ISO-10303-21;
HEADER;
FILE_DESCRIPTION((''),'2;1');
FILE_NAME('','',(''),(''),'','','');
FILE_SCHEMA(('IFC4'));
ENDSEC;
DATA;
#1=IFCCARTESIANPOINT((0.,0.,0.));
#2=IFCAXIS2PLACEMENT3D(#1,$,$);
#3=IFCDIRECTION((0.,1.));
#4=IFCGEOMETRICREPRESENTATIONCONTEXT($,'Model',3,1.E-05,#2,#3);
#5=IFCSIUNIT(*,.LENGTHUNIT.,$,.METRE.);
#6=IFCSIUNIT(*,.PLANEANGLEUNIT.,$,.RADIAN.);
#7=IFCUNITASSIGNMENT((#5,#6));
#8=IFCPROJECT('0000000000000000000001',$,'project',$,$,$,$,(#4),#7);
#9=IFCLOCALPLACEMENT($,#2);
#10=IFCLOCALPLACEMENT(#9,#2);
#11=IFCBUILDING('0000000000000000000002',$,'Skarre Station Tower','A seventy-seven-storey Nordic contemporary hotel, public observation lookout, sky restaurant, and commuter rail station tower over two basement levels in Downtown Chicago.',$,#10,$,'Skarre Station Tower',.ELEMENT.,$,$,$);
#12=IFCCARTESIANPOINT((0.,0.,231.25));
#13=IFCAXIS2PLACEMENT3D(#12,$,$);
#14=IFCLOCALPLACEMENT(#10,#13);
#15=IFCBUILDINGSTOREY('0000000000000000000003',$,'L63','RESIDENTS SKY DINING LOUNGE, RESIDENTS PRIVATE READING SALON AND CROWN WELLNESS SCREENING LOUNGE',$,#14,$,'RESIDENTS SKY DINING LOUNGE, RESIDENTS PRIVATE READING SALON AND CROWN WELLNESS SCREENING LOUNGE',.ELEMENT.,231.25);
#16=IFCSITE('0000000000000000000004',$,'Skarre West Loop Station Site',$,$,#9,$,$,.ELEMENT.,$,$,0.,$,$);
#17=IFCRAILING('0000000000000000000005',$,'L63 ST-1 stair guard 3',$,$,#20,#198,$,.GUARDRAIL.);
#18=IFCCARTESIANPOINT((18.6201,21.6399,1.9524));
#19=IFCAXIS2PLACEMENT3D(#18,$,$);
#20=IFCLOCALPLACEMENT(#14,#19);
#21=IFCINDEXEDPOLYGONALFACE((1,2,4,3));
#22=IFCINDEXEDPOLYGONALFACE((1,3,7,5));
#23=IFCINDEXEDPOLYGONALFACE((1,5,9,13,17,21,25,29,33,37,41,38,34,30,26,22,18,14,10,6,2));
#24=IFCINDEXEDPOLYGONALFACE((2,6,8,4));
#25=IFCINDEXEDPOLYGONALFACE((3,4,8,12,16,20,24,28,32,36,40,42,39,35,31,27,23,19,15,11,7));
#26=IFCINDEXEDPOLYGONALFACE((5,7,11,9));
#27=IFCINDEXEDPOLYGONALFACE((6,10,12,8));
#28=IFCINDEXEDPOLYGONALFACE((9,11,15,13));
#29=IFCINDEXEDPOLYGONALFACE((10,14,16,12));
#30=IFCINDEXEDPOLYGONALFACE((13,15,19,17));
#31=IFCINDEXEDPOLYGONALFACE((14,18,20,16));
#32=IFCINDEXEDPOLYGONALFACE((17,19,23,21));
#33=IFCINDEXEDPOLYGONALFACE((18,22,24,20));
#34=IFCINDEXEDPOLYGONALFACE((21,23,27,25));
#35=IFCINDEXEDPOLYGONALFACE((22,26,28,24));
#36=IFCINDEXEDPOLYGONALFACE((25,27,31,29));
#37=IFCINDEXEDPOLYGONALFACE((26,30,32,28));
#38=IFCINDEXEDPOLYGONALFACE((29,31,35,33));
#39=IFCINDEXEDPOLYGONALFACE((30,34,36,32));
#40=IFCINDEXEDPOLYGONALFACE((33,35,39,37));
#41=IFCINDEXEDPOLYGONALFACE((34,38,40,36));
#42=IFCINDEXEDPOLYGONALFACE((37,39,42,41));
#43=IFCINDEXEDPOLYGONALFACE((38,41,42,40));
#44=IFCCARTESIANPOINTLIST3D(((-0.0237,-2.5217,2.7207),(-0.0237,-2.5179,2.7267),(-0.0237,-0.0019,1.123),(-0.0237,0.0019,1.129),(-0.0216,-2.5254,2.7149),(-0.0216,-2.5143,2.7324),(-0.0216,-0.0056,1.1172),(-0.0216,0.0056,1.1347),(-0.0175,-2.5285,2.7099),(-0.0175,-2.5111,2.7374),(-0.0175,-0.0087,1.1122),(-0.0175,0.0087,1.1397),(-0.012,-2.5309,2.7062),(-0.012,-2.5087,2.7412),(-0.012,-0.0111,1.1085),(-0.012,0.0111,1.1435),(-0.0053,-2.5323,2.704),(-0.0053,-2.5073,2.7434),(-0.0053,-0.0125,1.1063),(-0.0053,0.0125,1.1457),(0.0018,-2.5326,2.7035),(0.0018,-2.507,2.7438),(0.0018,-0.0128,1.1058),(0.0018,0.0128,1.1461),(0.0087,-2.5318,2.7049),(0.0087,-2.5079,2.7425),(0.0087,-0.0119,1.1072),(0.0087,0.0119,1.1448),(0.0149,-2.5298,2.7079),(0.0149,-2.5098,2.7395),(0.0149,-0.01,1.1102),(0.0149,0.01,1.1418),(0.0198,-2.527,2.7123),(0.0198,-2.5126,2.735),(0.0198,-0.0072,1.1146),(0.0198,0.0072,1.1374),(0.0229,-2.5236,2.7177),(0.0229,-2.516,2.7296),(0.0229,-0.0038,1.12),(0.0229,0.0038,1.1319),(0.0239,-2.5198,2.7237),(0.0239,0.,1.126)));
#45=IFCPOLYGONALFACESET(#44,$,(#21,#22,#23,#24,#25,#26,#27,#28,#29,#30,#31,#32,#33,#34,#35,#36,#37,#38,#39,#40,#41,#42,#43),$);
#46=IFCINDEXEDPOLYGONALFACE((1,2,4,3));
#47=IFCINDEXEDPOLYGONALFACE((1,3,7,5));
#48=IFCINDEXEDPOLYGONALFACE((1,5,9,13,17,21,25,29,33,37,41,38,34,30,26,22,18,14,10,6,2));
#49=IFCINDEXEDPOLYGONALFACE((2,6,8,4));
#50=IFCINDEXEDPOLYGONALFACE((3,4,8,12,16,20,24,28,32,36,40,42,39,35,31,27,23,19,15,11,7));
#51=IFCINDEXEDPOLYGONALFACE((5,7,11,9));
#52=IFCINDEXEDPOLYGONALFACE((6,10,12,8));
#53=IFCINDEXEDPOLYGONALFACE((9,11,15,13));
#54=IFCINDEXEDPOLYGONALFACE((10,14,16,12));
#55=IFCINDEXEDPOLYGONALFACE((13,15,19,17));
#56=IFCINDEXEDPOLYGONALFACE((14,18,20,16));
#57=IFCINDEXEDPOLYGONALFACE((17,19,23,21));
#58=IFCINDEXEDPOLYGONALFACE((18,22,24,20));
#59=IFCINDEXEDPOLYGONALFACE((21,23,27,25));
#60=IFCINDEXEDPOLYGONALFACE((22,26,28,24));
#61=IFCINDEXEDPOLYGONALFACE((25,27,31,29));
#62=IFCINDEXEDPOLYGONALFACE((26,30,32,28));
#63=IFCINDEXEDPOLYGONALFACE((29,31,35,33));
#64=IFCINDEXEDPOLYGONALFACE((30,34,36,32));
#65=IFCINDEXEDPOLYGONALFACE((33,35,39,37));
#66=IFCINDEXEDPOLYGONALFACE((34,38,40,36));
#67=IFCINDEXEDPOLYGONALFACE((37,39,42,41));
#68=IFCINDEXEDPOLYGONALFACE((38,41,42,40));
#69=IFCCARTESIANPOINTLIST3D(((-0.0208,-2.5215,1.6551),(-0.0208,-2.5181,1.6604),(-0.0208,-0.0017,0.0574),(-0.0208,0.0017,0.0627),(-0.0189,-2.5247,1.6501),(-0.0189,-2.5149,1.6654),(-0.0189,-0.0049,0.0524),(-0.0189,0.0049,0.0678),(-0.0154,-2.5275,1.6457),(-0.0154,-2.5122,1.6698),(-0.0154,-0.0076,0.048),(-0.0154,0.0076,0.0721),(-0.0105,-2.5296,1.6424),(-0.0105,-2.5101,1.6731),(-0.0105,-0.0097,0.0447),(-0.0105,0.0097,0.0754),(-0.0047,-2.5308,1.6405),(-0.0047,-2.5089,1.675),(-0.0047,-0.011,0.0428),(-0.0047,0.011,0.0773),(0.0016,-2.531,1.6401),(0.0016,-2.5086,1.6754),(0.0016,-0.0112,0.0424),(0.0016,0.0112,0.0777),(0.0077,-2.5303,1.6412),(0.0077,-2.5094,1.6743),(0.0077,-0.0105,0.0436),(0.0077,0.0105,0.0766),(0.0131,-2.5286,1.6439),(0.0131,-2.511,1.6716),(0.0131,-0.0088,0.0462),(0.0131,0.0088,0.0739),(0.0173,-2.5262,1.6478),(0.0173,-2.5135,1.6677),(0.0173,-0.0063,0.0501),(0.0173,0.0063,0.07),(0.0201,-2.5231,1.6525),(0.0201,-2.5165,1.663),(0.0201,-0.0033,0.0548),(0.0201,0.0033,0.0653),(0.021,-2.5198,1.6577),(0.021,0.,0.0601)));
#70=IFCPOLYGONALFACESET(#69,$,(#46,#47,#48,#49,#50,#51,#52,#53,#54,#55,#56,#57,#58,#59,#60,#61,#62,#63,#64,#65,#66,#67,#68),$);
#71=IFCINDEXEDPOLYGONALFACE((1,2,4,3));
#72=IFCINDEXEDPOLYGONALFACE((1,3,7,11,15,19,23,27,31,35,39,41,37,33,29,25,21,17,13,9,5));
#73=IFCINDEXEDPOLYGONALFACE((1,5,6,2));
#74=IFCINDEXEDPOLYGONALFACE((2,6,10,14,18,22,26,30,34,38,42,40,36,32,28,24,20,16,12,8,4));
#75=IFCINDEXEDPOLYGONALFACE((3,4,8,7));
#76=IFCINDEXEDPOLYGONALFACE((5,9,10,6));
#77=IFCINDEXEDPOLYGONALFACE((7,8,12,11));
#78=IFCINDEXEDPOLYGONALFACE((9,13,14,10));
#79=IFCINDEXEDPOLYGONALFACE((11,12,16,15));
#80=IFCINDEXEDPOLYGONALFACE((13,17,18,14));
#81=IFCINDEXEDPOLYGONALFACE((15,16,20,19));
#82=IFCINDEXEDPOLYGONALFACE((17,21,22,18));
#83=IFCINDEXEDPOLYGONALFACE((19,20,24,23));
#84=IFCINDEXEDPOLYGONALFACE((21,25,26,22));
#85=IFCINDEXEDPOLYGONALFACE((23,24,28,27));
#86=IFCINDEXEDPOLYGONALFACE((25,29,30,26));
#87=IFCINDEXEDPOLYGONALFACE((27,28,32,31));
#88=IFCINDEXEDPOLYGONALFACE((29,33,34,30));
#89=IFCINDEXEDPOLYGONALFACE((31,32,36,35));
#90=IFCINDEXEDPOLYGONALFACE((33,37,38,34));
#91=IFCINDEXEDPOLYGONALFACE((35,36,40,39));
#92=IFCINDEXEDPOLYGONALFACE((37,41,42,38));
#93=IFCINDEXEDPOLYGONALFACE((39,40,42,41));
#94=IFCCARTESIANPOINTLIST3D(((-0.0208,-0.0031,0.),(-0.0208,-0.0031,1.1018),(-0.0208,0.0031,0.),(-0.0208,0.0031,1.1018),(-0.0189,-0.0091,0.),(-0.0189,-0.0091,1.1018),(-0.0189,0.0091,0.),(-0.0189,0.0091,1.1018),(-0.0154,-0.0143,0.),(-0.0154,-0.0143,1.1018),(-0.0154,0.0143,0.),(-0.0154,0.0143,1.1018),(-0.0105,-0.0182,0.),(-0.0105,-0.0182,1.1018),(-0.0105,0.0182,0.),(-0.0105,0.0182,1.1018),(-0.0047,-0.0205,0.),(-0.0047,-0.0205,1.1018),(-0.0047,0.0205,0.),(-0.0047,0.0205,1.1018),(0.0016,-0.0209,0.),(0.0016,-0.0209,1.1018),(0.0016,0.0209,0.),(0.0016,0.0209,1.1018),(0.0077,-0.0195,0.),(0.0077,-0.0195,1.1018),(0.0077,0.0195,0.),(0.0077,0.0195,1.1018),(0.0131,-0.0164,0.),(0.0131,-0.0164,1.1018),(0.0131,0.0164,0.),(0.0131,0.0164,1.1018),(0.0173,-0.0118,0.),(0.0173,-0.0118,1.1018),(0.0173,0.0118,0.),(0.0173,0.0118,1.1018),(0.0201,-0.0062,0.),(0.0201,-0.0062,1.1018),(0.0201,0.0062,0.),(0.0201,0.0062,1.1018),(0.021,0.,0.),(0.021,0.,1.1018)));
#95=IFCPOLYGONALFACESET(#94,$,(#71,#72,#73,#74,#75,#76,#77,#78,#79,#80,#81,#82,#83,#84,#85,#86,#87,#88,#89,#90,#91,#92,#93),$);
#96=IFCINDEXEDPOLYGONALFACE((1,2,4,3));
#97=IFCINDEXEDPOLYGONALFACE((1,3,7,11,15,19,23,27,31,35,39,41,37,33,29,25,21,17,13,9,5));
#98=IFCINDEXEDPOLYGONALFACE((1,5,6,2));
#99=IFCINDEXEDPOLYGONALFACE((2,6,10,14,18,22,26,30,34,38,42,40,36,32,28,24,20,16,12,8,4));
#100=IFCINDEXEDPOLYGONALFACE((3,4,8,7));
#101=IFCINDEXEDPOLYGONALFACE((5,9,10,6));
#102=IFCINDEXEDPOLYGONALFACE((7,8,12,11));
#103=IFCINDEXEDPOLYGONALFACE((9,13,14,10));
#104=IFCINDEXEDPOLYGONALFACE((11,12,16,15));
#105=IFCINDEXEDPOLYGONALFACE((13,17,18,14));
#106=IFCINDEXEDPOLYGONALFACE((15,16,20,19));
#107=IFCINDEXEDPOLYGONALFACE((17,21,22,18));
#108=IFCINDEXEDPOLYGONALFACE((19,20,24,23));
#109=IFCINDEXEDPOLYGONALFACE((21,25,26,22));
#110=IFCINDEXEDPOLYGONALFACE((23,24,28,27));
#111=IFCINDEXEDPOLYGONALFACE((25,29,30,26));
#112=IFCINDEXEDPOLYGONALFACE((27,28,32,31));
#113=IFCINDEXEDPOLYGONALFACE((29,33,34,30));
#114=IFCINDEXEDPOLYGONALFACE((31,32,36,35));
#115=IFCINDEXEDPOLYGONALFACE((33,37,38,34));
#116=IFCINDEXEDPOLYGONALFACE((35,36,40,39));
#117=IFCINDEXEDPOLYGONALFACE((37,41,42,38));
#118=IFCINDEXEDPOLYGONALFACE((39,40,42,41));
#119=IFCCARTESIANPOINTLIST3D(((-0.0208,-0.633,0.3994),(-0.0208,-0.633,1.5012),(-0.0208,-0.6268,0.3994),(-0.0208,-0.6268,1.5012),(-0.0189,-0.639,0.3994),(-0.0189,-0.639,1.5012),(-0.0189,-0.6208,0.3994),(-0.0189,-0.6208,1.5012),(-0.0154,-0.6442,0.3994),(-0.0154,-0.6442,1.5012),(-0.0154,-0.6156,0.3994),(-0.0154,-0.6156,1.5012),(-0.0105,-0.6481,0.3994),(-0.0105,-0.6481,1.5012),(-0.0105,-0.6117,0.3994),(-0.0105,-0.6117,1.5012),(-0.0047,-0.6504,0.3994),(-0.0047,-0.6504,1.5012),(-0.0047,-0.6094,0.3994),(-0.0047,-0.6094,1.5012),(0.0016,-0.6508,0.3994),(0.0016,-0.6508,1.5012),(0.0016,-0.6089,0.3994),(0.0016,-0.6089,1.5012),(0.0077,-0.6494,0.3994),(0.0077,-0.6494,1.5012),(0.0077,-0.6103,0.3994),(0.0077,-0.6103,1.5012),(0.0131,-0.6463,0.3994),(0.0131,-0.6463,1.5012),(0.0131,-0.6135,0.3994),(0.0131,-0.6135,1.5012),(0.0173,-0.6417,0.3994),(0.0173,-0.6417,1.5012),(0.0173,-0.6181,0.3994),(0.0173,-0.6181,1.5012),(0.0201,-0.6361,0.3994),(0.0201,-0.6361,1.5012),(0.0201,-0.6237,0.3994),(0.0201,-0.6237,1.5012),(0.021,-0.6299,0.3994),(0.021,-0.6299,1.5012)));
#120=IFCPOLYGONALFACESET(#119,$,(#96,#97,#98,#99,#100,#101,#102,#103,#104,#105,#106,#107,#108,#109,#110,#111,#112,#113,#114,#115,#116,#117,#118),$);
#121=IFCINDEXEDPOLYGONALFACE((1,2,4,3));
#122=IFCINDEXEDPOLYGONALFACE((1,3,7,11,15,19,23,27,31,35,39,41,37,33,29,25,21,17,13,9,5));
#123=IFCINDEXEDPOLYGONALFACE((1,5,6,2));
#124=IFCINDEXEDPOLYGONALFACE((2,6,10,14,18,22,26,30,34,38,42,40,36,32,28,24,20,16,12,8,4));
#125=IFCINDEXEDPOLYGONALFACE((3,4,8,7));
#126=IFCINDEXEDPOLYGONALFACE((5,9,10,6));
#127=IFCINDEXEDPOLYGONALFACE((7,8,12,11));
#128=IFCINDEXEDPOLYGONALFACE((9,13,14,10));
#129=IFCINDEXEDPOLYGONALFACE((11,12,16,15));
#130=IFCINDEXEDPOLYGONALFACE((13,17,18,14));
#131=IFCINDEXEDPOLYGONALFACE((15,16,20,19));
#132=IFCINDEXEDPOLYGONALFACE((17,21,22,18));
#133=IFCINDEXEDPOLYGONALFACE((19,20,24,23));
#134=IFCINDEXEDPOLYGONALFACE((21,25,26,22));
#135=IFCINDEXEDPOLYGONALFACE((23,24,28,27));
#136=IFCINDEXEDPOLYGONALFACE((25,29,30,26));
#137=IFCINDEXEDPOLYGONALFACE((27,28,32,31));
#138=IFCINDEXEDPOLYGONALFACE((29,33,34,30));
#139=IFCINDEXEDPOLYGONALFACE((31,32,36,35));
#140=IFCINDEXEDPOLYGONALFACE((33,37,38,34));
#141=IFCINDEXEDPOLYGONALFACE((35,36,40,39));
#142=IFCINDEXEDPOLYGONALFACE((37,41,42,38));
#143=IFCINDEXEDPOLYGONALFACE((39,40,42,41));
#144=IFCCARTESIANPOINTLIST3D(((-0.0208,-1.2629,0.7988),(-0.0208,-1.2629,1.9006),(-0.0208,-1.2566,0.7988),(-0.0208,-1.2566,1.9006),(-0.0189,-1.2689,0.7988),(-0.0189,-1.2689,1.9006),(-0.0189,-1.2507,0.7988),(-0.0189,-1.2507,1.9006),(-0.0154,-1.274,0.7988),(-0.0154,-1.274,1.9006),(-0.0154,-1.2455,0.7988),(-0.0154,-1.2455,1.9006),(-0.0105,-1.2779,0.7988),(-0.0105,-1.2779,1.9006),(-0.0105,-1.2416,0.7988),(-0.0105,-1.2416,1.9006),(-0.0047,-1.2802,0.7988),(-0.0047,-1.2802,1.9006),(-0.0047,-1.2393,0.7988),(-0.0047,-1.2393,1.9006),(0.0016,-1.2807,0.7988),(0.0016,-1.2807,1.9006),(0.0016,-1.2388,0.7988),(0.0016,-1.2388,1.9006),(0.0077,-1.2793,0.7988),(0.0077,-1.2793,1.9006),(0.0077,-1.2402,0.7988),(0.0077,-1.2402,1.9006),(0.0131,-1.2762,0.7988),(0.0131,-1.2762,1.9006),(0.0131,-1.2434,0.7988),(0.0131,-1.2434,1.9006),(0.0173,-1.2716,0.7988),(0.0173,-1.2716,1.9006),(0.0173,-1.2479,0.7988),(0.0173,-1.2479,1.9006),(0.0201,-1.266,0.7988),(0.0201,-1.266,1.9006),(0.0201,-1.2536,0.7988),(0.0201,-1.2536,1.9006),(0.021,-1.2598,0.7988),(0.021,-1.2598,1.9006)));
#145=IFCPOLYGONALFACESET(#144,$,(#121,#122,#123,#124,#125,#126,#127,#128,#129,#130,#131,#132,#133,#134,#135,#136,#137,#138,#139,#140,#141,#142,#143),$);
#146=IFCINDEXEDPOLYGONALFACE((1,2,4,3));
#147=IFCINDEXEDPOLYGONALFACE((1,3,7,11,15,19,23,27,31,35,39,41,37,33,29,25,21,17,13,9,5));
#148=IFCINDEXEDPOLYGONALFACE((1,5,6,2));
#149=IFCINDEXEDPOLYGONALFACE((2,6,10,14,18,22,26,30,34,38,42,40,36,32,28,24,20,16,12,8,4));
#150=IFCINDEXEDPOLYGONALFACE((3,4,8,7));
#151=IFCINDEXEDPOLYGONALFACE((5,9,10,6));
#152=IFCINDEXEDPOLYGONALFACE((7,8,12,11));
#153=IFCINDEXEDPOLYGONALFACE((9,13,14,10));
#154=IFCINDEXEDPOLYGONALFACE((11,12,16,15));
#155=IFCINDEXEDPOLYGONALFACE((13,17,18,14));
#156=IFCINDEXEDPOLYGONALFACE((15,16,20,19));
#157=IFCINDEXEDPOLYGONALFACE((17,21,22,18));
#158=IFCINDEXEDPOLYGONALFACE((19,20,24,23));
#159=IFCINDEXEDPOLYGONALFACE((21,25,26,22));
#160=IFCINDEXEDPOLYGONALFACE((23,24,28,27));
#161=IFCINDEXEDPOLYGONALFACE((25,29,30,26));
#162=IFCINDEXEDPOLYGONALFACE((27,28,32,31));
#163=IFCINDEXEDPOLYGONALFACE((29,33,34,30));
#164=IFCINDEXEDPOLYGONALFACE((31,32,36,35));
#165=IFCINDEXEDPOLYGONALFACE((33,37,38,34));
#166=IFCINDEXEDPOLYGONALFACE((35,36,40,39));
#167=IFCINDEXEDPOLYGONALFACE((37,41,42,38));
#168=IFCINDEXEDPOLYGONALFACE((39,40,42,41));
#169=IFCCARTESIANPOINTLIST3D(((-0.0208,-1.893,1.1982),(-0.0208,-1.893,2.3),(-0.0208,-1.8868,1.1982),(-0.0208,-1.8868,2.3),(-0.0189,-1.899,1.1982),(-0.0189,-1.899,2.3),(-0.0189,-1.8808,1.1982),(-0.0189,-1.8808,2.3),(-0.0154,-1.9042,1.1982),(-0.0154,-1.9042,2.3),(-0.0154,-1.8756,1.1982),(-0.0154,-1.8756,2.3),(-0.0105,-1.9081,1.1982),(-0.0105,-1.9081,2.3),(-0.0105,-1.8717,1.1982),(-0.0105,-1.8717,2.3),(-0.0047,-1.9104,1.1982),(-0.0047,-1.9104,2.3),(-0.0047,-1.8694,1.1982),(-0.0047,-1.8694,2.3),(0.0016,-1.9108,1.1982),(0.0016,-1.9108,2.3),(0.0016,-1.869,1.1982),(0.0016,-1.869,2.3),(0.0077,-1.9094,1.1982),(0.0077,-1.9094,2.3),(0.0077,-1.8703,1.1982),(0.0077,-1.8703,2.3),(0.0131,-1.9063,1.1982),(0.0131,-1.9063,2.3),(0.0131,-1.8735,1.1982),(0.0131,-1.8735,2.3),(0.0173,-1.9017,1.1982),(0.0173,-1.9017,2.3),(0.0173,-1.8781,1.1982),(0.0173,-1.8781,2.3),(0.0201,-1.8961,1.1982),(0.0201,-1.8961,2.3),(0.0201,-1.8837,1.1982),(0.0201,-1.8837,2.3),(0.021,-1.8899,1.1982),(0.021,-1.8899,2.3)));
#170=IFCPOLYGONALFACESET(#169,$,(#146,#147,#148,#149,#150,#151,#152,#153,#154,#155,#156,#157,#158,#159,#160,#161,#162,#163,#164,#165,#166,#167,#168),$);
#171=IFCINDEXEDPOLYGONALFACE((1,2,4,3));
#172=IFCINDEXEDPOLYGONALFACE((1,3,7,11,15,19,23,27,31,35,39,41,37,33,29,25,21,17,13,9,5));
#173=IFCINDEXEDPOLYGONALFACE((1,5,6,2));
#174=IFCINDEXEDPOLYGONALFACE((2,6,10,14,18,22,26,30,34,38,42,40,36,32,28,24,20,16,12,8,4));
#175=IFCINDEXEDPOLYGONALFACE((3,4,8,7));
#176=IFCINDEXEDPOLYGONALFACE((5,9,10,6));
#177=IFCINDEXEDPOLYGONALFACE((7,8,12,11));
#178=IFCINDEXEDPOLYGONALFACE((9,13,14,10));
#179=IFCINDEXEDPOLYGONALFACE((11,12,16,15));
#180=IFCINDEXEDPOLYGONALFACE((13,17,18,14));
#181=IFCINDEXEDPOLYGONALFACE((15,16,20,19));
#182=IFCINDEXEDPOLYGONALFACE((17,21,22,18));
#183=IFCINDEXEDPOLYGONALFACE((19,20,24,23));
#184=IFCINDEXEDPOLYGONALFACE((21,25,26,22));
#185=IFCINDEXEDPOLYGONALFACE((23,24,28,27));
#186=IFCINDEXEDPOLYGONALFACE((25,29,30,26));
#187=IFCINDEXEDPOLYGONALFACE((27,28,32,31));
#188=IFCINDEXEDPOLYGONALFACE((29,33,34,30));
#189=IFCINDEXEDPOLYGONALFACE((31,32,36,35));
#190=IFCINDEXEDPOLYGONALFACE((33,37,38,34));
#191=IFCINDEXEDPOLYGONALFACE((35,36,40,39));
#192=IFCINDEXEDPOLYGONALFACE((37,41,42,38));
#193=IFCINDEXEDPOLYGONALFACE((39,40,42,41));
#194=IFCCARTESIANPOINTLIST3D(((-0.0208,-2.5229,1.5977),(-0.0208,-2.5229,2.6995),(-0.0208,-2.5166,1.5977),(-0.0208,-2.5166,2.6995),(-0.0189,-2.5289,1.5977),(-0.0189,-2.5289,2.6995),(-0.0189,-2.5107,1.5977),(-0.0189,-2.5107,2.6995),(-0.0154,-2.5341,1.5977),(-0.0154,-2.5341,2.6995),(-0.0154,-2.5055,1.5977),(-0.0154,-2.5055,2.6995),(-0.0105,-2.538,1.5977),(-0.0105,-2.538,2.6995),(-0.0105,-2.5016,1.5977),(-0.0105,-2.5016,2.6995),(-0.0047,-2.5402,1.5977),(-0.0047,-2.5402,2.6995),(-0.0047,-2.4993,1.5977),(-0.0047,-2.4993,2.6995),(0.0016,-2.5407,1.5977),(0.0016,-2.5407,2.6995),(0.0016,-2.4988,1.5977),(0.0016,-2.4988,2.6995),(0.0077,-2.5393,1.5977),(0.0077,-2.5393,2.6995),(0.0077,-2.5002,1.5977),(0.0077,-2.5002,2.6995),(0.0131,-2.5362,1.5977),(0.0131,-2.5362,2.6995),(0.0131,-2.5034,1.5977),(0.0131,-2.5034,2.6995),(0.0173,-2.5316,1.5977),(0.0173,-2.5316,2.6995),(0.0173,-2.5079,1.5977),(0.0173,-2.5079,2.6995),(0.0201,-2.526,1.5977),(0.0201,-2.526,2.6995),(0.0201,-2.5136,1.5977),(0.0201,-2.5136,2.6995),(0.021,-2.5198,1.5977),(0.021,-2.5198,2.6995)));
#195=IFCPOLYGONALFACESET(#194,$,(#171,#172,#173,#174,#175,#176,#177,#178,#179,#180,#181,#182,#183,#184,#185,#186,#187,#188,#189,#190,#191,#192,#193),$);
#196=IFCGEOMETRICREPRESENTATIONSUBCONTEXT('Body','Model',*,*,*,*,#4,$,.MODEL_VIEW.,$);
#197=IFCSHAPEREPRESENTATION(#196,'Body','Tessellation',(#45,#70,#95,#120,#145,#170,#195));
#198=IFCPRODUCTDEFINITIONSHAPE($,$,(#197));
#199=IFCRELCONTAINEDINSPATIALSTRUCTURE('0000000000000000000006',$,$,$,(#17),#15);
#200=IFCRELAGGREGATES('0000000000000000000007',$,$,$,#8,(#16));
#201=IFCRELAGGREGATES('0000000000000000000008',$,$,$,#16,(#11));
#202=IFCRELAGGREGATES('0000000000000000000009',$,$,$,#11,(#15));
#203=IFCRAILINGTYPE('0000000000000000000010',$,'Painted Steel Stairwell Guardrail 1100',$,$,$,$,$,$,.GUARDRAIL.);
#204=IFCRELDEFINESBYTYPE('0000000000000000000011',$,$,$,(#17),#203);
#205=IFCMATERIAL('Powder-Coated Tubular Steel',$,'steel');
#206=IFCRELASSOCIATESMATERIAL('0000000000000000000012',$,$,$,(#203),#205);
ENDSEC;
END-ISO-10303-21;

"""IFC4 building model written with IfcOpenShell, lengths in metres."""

from ifc_helpers import new_model, si_unit, direction, frame, origin, origin_2d, place, context, subcontext, project, spatial, circle, extrude, material, type_object, element, save


model = new_model("IFC4")

# Units and contexts
model_context = context("Model", 3, precision=1e-05, world=origin(), true_north=direction((0.0, 1.0)))
body_context = subcontext(model_context, "Body", "Model", "MODEL_VIEW")
ifc_project = project(units=[si_unit("LENGTHUNIT", "METRE"), si_unit("PLANEANGLEUNIT", "RADIAN")], contexts=[model_context])

# Site, building, storey
site_placement = place(None, origin())
site = spatial("IfcSite", under=ifc_project, at=site_placement, Name="Skarre West Loop Station Site", CompositionType="ELEMENT", RefElevation=0.0)
building_placement = place(site_placement, origin())
building = spatial("IfcBuilding", under=site, at=building_placement, Name="Skarre Station Tower", Description="A seventy-seven-storey Nordic contemporary hotel, public observation lookout, sky restaurant, and commuter rail station tower over two basement levels in Downtown Chicago.", LongName="Skarre Station Tower", CompositionType="ELEMENT")
storey_placement = place(building_placement, frame((0.0, 0.0, 231.25)))
storey = spatial("IfcBuildingStorey", under=building, at=storey_placement, Name="L63", Description="RESIDENTS SKY DINING LOUNGE, RESIDENTS PRIVATE READING SALON AND CROWN WELLNESS SCREENING LOUNGE", LongName="RESIDENTS SKY DINING LOUNGE, RESIDENTS PRIVATE READING SALON AND CROWN WELLNESS SCREENING LOUNGE", CompositionType="ELEMENT", Elevation=231.25)

# Railing
ifc_material_1 = material(Name="Powder-Coated Tubular Steel", Category="steel")
railing_type = type_object("IfcRailingType", Name="Painted Steel Stairwell Guardrail 1100", PredefinedType="GUARDRAIL", material=ifc_material_1)
railing_1_placement = place(storey_placement, frame((18.6201, 21.6399, 1.9524)))
element("IfcRailing", 1, at=railing_1_placement, inside=storey, type_object=railing_type, Name="L63 ST-1 stair guard 3", PredefinedType="GUARDRAIL", context=body_context, shape_type="SweptSolid", body=[
    extrude(circle(Radius=0.0239, at=origin_2d()), frame((0.0, 0.0, 1.126), z_axis=(0.0, -0.844546, 0.535482), x_axis=(1.0, 0.0, 0.0)), (0.0, 0.0, 1.0), 2.9836),
    extrude(circle(Radius=0.021, at=origin_2d()), frame((0.0, 0.0, 0.0601), z_axis=(0.0, -0.844546, 0.535482), x_axis=(1.0, 0.0, 0.0)), (0.0, 0.0, 1.0), 2.9836),
    extrude(circle(Radius=0.021, at=origin_2d()), origin(), (0.0, 0.0, 1.0), 1.1018),
    extrude(circle(Radius=0.021, at=origin_2d()), frame((0.0, -0.6299, 0.3994)), (0.0, 0.0, 1.0), 1.1018),
    extrude(circle(Radius=0.021, at=origin_2d()), frame((0.0, -1.2598, 0.7988)), (0.0, 0.0, 1.0), 1.1018),
    extrude(circle(Radius=0.021, at=origin_2d()), frame((0.0, -1.8899, 1.1982)), (0.0, 0.0, 1.0), 1.1018),
    extrude(circle(Radius=0.021, at=origin_2d()), frame((0.0, -2.5198, 1.5977)), (0.0, 0.0, 1.0), 1.1018),
])

save(model, "model.ifc")
